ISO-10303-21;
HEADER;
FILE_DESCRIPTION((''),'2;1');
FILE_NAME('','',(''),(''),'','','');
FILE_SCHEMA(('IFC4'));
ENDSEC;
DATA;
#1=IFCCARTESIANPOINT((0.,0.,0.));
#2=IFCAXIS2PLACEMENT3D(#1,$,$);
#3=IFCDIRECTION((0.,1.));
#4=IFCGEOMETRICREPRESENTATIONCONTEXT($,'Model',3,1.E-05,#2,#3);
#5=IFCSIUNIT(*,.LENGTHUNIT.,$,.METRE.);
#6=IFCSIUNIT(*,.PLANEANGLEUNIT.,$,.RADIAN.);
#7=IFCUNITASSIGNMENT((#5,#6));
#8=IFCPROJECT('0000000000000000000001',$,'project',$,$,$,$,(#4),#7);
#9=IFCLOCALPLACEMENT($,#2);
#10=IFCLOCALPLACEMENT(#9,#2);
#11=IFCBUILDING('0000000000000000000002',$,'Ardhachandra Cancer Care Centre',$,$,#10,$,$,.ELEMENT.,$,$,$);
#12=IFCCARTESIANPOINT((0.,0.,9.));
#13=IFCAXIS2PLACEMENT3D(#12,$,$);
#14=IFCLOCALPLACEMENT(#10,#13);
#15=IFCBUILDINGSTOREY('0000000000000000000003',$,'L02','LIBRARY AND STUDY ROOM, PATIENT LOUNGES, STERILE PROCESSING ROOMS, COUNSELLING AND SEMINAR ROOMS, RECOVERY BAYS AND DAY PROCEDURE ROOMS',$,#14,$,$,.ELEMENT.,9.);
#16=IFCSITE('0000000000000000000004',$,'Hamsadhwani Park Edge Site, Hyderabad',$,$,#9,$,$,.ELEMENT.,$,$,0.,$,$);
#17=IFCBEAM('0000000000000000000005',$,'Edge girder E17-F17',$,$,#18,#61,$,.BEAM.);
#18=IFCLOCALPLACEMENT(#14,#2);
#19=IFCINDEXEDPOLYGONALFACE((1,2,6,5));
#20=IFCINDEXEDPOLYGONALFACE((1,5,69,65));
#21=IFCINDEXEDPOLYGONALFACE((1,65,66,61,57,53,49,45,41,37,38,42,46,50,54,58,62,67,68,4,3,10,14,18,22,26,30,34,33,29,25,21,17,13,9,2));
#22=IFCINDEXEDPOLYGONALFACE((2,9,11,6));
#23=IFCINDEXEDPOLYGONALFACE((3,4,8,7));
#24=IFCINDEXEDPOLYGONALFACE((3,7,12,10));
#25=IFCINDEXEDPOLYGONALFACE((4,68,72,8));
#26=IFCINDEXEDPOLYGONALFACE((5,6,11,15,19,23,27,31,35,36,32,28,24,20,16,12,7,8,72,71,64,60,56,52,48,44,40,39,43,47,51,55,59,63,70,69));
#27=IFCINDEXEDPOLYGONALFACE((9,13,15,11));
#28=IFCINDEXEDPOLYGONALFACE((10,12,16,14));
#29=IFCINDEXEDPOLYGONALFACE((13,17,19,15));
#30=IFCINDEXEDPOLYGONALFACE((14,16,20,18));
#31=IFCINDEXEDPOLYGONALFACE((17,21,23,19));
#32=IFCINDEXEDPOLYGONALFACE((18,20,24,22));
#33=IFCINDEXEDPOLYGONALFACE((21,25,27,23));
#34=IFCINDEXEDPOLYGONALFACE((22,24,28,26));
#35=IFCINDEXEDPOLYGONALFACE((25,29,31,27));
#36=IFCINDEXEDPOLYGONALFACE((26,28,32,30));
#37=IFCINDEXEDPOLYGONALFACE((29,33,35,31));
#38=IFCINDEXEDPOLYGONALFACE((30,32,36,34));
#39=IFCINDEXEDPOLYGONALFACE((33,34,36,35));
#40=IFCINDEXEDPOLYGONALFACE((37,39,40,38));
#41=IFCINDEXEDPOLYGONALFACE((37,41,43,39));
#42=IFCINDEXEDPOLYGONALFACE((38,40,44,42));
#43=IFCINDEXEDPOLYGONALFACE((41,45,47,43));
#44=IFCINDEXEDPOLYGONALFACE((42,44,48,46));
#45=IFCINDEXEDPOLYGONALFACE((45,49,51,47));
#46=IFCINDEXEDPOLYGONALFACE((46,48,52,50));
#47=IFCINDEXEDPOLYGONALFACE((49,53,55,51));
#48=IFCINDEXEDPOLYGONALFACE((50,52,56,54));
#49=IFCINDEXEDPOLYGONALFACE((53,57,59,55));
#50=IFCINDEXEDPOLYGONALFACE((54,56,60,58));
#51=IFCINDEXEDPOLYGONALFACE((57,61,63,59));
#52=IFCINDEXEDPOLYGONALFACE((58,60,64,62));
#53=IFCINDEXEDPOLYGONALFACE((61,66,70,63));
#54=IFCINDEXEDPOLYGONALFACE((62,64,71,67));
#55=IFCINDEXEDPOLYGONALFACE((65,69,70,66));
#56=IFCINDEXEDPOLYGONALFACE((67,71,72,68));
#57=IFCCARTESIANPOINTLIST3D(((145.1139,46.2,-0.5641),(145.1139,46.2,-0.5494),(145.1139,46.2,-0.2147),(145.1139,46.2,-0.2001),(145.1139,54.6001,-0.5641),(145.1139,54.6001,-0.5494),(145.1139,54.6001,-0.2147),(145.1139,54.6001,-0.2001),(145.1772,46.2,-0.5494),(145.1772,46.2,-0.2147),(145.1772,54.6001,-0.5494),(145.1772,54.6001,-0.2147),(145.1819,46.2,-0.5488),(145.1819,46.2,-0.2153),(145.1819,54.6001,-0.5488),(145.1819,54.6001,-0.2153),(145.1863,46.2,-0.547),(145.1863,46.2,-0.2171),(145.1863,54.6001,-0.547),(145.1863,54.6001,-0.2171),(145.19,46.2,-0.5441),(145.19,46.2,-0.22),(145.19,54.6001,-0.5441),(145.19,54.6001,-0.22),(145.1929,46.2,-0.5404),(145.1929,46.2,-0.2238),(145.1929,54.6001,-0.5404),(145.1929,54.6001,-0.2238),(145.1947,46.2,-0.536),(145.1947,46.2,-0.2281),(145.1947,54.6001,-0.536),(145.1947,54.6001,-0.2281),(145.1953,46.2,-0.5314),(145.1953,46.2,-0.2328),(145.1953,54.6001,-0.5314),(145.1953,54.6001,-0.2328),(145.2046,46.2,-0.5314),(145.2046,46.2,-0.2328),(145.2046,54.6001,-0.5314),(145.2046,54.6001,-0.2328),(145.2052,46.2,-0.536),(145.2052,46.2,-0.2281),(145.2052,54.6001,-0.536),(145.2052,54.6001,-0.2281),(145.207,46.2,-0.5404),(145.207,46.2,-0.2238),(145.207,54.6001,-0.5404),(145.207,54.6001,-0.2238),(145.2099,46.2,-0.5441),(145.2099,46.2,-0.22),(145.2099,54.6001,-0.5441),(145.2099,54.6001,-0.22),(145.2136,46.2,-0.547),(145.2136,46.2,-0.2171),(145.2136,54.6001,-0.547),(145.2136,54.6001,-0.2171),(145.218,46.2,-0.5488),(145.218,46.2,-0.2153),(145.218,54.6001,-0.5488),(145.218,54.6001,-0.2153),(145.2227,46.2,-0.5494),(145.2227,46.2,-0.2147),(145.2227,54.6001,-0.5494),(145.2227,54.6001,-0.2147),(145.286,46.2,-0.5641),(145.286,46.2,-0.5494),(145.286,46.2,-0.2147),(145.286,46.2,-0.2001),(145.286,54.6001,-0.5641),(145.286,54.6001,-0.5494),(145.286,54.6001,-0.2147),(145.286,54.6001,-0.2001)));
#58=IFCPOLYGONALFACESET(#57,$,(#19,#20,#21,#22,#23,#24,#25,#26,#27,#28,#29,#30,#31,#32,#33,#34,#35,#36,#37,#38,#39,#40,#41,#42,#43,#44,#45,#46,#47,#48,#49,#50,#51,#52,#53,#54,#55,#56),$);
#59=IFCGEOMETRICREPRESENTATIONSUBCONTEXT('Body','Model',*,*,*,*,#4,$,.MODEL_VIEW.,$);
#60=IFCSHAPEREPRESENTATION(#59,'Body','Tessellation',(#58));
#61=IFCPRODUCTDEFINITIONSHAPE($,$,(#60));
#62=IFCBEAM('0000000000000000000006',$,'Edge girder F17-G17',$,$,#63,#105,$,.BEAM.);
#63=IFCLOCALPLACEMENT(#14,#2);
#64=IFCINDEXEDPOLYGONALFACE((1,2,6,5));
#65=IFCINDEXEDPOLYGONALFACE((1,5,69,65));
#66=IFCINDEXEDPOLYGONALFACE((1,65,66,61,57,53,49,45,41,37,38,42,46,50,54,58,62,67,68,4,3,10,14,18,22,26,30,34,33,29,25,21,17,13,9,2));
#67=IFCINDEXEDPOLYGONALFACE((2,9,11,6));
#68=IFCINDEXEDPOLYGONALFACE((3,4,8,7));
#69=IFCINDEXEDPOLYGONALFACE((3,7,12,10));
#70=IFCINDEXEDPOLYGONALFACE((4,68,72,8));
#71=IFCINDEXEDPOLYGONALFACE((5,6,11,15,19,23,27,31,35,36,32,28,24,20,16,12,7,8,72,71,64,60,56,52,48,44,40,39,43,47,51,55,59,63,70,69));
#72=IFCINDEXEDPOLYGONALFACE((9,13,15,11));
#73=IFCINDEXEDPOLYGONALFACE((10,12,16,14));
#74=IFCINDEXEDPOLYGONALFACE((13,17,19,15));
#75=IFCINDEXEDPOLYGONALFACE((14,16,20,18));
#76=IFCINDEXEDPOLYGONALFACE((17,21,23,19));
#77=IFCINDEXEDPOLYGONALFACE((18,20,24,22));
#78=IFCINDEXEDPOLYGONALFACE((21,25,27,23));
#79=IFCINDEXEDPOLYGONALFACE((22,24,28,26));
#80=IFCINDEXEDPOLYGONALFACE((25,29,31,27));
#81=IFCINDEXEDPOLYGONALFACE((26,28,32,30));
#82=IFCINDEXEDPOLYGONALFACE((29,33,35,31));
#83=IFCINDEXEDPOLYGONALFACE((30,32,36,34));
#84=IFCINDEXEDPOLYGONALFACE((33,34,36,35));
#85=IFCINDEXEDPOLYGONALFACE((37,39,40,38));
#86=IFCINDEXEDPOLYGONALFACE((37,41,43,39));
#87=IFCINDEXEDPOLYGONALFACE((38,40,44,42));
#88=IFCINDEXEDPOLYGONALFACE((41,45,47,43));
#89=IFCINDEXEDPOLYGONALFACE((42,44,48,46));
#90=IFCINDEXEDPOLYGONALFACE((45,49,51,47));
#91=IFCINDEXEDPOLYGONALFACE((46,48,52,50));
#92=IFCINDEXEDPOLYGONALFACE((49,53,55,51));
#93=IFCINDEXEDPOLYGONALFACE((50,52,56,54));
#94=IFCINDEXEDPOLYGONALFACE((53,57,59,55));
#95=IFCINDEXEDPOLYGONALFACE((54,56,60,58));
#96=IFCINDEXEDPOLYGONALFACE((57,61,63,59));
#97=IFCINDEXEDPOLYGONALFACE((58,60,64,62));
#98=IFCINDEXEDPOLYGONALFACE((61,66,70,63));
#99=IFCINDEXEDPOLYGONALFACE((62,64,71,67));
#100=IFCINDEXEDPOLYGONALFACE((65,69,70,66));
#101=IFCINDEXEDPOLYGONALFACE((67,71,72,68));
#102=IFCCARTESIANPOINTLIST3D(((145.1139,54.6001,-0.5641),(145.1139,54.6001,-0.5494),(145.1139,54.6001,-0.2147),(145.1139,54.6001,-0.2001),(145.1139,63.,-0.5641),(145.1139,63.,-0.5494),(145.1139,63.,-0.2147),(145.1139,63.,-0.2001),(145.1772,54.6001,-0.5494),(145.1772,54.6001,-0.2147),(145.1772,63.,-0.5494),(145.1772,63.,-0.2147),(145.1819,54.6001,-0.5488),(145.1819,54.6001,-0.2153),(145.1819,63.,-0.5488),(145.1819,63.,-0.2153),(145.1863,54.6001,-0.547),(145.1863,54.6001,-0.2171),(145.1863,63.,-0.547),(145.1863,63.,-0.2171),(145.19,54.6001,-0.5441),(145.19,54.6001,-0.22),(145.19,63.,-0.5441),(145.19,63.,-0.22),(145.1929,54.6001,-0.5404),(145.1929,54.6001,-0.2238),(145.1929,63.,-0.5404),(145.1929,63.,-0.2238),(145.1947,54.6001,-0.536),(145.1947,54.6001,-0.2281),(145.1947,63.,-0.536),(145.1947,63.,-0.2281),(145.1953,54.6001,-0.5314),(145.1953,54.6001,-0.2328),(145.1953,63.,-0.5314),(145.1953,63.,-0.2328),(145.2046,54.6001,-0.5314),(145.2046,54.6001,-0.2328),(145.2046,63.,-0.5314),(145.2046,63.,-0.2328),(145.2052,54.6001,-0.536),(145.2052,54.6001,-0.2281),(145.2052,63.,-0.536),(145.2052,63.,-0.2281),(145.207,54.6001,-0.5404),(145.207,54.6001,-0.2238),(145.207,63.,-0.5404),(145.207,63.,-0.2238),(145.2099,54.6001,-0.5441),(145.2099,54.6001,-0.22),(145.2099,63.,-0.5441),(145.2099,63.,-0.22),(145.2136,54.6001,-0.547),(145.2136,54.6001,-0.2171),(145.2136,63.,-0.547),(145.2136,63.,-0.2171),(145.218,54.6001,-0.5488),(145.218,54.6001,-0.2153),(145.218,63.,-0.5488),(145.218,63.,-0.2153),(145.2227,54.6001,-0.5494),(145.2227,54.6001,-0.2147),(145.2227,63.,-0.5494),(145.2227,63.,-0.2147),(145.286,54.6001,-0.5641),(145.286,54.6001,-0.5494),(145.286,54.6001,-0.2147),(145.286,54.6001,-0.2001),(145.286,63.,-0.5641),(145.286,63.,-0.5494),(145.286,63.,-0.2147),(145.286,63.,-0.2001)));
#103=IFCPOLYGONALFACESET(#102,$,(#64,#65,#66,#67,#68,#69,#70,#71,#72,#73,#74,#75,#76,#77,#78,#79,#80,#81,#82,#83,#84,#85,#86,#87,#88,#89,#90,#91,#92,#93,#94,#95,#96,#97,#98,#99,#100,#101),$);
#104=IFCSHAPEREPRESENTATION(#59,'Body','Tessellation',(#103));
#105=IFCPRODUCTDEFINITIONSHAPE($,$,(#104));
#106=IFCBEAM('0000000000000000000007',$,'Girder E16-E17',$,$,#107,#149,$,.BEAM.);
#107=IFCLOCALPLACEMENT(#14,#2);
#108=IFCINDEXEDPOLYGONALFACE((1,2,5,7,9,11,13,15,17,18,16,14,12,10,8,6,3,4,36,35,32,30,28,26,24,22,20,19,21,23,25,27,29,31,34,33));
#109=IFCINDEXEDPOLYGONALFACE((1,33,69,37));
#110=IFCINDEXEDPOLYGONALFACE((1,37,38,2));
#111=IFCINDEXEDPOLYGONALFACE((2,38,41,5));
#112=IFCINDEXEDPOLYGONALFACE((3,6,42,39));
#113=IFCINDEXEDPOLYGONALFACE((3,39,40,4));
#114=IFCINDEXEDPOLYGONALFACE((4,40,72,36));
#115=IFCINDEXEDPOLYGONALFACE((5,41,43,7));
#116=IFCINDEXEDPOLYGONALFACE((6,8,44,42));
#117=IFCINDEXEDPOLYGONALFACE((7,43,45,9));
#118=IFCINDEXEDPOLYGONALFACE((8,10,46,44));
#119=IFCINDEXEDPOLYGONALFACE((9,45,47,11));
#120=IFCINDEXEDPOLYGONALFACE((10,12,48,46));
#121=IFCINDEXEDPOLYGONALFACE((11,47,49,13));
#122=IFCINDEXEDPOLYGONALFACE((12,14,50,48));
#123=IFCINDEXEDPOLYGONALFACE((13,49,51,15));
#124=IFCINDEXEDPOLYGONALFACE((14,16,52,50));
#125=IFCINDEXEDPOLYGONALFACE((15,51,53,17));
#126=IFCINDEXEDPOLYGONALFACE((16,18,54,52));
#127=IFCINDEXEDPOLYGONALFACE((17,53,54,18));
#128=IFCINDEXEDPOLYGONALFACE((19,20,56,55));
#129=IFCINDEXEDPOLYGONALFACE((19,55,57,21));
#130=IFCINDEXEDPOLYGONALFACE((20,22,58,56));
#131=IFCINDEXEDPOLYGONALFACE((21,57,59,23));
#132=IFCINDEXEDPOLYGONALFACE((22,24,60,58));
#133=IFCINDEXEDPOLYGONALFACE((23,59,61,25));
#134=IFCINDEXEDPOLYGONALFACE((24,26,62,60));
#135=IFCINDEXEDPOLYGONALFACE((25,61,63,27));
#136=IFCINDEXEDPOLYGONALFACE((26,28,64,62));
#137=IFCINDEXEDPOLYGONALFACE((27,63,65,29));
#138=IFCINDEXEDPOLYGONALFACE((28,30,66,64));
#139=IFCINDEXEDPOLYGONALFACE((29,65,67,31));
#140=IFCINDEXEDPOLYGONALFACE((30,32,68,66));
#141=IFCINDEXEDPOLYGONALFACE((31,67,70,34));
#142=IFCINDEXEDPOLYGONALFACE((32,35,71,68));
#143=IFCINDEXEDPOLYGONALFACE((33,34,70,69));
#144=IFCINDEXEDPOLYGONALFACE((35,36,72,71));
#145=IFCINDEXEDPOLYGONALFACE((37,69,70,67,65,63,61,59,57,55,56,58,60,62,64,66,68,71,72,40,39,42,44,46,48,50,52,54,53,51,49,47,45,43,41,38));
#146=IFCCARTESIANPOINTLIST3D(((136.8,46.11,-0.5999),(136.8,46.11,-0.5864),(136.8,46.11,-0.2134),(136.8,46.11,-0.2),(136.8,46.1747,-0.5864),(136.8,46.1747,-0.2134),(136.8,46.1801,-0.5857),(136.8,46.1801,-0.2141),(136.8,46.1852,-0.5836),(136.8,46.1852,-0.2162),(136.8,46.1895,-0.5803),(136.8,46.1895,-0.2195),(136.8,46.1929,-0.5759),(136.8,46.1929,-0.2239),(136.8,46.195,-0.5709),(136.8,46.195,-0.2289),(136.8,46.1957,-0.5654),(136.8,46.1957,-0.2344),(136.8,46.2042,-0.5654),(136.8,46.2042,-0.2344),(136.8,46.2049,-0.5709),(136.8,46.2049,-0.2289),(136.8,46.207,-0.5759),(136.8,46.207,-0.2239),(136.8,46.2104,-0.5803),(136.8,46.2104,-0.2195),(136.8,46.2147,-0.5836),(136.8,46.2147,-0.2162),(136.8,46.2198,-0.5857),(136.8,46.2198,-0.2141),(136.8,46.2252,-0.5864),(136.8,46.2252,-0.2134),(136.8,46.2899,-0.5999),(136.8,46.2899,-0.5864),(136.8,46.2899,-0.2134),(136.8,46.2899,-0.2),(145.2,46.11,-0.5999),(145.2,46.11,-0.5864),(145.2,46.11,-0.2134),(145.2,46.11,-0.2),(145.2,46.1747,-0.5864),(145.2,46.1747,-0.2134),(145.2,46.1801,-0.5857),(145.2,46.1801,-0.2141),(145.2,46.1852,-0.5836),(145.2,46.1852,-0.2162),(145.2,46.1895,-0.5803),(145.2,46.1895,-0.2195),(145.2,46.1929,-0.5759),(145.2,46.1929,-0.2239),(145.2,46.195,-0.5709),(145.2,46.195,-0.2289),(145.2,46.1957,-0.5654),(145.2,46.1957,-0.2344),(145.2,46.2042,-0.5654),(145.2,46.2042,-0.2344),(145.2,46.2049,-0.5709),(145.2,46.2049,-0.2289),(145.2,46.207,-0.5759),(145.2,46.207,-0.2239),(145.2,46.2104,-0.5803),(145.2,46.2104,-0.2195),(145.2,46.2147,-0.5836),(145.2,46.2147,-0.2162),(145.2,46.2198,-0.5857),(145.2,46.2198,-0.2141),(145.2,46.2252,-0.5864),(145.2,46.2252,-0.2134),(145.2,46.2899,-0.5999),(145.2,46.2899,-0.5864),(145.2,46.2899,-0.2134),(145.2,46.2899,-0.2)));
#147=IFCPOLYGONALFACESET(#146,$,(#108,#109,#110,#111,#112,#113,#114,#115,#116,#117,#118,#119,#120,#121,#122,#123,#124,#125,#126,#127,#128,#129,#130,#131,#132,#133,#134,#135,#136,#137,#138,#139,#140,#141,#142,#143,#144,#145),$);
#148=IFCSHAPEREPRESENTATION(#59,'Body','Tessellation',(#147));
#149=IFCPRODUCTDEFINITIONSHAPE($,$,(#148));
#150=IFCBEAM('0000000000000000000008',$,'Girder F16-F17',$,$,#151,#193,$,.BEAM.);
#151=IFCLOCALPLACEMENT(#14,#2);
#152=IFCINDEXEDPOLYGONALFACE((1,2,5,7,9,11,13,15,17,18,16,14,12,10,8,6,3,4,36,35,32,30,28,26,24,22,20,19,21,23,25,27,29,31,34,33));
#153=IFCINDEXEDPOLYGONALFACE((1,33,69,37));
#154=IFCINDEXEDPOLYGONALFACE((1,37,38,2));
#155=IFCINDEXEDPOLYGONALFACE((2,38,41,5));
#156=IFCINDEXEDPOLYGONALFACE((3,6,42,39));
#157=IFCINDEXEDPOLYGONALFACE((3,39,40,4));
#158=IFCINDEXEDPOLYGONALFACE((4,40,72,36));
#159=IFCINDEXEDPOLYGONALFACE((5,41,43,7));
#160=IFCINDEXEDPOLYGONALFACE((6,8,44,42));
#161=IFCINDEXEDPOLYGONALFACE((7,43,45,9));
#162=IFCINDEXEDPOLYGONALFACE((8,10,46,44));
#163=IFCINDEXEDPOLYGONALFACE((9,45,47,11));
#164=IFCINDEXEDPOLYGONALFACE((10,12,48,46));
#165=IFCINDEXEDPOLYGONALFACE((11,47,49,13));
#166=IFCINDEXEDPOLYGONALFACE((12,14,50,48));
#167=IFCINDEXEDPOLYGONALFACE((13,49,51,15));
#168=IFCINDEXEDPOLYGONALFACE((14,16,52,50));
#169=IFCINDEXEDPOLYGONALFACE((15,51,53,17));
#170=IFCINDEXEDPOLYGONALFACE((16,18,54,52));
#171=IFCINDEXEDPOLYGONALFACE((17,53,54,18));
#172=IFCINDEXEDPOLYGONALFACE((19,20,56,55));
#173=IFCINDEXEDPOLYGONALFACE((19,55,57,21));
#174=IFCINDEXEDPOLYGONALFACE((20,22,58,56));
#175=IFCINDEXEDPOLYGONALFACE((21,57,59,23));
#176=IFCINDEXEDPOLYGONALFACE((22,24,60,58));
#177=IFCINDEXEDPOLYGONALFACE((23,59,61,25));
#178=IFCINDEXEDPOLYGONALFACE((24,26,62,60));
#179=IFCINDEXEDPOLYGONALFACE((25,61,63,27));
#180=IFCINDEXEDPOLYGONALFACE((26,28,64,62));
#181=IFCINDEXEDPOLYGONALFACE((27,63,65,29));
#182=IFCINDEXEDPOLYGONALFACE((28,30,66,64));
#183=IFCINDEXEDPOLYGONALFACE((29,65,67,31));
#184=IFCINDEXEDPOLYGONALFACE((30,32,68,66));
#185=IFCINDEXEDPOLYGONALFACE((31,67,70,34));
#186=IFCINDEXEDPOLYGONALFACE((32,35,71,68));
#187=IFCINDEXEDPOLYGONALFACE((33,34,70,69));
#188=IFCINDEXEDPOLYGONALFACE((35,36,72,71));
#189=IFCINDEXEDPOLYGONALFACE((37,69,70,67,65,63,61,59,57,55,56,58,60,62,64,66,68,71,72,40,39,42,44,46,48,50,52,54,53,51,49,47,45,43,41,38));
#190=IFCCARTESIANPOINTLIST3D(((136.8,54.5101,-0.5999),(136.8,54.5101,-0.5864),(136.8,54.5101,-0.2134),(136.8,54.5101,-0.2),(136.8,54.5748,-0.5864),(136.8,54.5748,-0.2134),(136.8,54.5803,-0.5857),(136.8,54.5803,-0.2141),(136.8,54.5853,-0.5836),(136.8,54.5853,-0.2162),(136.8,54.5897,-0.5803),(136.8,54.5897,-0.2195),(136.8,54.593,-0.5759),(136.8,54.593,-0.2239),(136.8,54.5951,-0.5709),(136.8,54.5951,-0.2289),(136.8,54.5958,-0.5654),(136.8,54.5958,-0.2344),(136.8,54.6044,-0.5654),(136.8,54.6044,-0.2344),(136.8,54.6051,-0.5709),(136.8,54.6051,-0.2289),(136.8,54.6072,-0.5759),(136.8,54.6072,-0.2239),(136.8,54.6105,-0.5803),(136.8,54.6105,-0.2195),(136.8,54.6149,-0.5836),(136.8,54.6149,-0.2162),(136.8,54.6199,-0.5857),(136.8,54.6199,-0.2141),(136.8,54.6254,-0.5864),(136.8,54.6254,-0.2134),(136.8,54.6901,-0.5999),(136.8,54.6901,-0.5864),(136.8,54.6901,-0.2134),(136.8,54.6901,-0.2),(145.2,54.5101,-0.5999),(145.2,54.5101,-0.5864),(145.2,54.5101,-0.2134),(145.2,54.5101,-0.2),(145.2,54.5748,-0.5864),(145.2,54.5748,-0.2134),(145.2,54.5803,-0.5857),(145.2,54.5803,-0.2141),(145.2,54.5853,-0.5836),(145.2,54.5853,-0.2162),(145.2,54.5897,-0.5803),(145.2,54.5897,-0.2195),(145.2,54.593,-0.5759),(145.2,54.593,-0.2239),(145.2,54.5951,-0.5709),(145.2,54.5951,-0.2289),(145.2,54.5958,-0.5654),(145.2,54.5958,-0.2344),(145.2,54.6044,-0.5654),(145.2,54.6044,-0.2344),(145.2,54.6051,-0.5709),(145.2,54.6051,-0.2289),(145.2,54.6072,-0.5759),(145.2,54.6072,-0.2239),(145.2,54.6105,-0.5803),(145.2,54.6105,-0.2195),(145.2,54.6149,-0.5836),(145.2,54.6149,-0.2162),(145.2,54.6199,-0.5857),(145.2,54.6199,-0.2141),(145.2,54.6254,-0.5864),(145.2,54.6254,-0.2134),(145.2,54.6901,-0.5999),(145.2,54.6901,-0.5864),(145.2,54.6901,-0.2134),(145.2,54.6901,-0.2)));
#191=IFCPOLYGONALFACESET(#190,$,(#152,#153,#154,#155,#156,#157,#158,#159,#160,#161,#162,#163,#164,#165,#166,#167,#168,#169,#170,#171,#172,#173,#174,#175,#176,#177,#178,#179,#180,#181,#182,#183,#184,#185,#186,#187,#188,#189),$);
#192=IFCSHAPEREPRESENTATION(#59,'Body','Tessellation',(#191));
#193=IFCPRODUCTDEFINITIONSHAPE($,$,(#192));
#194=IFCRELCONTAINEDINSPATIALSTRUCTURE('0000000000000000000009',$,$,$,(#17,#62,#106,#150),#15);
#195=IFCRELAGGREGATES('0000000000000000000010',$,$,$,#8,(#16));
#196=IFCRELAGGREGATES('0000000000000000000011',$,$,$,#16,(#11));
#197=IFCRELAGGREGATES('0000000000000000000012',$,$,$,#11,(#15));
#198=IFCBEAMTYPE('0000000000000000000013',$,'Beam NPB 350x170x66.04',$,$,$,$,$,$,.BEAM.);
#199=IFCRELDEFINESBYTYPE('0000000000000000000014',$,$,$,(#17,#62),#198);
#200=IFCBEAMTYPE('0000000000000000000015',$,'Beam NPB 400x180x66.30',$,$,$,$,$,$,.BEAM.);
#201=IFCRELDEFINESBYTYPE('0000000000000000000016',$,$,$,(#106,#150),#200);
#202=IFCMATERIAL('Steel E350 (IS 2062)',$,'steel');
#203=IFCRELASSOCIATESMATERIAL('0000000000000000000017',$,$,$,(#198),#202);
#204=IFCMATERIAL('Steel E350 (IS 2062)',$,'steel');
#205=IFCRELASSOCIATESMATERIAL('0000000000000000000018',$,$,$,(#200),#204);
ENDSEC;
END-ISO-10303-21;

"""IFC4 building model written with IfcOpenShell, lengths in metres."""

from ifc_helpers import new_model, si_unit, direction, frame, origin, origin_2d, place, context, subcontext, project, spatial, i_section, extrude, material, material_profile, profile_set, type_object, element, save


model = new_model("IFC4")

# Units and contexts
model_context = context("Model", 3, precision=1e-05, world=origin(), true_north=direction((0.0, 1.0)))
body_context = subcontext(model_context, "Body", "Model", "MODEL_VIEW")
ifc_project = project(units=[si_unit("LENGTHUNIT", "METRE"), si_unit("PLANEANGLEUNIT", "RADIAN")], contexts=[model_context])

# Site, building, storey
site_placement = place(None, origin())
site = spatial("IfcSite", under=ifc_project, at=site_placement, Name="Hamsadhwani Park Edge Site, Hyderabad", CompositionType="ELEMENT", RefElevation=0.0)
building_placement = place(site_placement, origin())
building = spatial("IfcBuilding", under=site, at=building_placement, Name="Ardhachandra Cancer Care Centre", CompositionType="ELEMENT")
storey_placement = place(building_placement, frame((0.0, 0.0, 9.0)))
storey = spatial("IfcBuildingStorey", under=building, at=storey_placement, Name="L02", Description="LIBRARY AND STUDY ROOM, PATIENT LOUNGES, STERILE PROCESSING ROOMS, COUNSELLING AND SEMINAR ROOMS, RECOVERY BAYS AND DAY PROCEDURE ROOMS", CompositionType="ELEMENT", Elevation=9.0)

# Beams
ifc_material_1 = material(Name="Steel E350 (IS 2062)", Category="steel")
ifc_material_profile_1 = material_profile(ifc_material_1, i_section(OverallWidth=0.1721, OverallDepth=0.364, WebThickness=0.0093, FlangeThickness=0.0146, FilletRadius=0.0181, at=origin_2d()), Name="NPB 350x170x66.04")
ifc_profile_set_1 = profile_set([ifc_material_profile_1], Name="Steel E350 (IS 2062)")
beam_type_1 = type_object("IfcBeamType", Name="Beam NPB 350x170x66.04", PredefinedType="BEAM", material=ifc_profile_set_1)
beam_1_placement = place(storey_placement, frame((145.2, 46.2, -0.3821), z_axis=(0.0, 1.0, 0.0), x_axis=(-1.0, 0.0, 0.0)))
element("IfcBeam", 1, at=beam_1_placement, inside=storey, type_object=beam_type_1, Name="Edge girder E17-F17", PredefinedType="BEAM", context=body_context, shape_type="SweptSolid", body=[
    extrude(i_section(OverallWidth=0.1721, OverallDepth=0.364, WebThickness=0.0093, FlangeThickness=0.0146, FilletRadius=0.0181, at=origin_2d()), origin(), (0.0, 0.0, 1.0), 8.4001),
])
beam_2_placement = place(storey_placement, frame((145.2, 54.6001, -0.3821), z_axis=(0.0, 1.0, 0.0), x_axis=(-1.0, 0.0, 0.0)))
element("IfcBeam", 2, at=beam_2_placement, inside=storey, type_object=beam_type_1, Name="Edge girder F17-G17", PredefinedType="BEAM", context=body_context, shape_type="SweptSolid", body=[
    extrude(i_section(OverallWidth=0.1721, OverallDepth=0.364, WebThickness=0.0093, FlangeThickness=0.0146, FilletRadius=0.0181, at=origin_2d()), origin(), (0.0, 0.0, 1.0), 8.3999),
])
ifc_material_2 = material(Name="Steel E350 (IS 2062)", Category="steel")
ifc_material_profile_2 = material_profile(ifc_material_2, i_section(OverallWidth=0.1799, OverallDepth=0.3999, WebThickness=0.0085, FlangeThickness=0.0134, FilletRadius=0.021, at=origin_2d()), Name="NPB 400x180x66.30")
ifc_profile_set_2 = profile_set([ifc_material_profile_2], Name="Steel E350 (IS 2062)")
beam_type_2 = type_object("IfcBeamType", Name="Beam NPB 400x180x66.30", PredefinedType="BEAM", material=ifc_profile_set_2)
for number, where, z_axis, x_axis, name in (
    (3, (136.8, 46.2, -0.3999), (1.0, 0.0, 0.0), (0.0, 1.0, 0.0), "Girder E16-E17"),
    (4, (136.8, 54.6001, -0.3999), (1.0, 0.0, 0.0), (0.0, 1.0, 0.0), "Girder F16-F17"),
):
    element("IfcBeam", number, at=place(storey_placement, frame(where, z_axis=z_axis, x_axis=x_axis)), inside=storey, type_object=beam_type_2, Name=name, PredefinedType="BEAM", context=body_context, shape_type="SweptSolid", body=[
        extrude(i_section(OverallWidth=0.1799, OverallDepth=0.3999, WebThickness=0.0085, FlangeThickness=0.0134, FilletRadius=0.021, at=origin_2d()), origin(), (0.0, 0.0, 1.0), 8.3999),
    ])

save(model, "model.ifc")
